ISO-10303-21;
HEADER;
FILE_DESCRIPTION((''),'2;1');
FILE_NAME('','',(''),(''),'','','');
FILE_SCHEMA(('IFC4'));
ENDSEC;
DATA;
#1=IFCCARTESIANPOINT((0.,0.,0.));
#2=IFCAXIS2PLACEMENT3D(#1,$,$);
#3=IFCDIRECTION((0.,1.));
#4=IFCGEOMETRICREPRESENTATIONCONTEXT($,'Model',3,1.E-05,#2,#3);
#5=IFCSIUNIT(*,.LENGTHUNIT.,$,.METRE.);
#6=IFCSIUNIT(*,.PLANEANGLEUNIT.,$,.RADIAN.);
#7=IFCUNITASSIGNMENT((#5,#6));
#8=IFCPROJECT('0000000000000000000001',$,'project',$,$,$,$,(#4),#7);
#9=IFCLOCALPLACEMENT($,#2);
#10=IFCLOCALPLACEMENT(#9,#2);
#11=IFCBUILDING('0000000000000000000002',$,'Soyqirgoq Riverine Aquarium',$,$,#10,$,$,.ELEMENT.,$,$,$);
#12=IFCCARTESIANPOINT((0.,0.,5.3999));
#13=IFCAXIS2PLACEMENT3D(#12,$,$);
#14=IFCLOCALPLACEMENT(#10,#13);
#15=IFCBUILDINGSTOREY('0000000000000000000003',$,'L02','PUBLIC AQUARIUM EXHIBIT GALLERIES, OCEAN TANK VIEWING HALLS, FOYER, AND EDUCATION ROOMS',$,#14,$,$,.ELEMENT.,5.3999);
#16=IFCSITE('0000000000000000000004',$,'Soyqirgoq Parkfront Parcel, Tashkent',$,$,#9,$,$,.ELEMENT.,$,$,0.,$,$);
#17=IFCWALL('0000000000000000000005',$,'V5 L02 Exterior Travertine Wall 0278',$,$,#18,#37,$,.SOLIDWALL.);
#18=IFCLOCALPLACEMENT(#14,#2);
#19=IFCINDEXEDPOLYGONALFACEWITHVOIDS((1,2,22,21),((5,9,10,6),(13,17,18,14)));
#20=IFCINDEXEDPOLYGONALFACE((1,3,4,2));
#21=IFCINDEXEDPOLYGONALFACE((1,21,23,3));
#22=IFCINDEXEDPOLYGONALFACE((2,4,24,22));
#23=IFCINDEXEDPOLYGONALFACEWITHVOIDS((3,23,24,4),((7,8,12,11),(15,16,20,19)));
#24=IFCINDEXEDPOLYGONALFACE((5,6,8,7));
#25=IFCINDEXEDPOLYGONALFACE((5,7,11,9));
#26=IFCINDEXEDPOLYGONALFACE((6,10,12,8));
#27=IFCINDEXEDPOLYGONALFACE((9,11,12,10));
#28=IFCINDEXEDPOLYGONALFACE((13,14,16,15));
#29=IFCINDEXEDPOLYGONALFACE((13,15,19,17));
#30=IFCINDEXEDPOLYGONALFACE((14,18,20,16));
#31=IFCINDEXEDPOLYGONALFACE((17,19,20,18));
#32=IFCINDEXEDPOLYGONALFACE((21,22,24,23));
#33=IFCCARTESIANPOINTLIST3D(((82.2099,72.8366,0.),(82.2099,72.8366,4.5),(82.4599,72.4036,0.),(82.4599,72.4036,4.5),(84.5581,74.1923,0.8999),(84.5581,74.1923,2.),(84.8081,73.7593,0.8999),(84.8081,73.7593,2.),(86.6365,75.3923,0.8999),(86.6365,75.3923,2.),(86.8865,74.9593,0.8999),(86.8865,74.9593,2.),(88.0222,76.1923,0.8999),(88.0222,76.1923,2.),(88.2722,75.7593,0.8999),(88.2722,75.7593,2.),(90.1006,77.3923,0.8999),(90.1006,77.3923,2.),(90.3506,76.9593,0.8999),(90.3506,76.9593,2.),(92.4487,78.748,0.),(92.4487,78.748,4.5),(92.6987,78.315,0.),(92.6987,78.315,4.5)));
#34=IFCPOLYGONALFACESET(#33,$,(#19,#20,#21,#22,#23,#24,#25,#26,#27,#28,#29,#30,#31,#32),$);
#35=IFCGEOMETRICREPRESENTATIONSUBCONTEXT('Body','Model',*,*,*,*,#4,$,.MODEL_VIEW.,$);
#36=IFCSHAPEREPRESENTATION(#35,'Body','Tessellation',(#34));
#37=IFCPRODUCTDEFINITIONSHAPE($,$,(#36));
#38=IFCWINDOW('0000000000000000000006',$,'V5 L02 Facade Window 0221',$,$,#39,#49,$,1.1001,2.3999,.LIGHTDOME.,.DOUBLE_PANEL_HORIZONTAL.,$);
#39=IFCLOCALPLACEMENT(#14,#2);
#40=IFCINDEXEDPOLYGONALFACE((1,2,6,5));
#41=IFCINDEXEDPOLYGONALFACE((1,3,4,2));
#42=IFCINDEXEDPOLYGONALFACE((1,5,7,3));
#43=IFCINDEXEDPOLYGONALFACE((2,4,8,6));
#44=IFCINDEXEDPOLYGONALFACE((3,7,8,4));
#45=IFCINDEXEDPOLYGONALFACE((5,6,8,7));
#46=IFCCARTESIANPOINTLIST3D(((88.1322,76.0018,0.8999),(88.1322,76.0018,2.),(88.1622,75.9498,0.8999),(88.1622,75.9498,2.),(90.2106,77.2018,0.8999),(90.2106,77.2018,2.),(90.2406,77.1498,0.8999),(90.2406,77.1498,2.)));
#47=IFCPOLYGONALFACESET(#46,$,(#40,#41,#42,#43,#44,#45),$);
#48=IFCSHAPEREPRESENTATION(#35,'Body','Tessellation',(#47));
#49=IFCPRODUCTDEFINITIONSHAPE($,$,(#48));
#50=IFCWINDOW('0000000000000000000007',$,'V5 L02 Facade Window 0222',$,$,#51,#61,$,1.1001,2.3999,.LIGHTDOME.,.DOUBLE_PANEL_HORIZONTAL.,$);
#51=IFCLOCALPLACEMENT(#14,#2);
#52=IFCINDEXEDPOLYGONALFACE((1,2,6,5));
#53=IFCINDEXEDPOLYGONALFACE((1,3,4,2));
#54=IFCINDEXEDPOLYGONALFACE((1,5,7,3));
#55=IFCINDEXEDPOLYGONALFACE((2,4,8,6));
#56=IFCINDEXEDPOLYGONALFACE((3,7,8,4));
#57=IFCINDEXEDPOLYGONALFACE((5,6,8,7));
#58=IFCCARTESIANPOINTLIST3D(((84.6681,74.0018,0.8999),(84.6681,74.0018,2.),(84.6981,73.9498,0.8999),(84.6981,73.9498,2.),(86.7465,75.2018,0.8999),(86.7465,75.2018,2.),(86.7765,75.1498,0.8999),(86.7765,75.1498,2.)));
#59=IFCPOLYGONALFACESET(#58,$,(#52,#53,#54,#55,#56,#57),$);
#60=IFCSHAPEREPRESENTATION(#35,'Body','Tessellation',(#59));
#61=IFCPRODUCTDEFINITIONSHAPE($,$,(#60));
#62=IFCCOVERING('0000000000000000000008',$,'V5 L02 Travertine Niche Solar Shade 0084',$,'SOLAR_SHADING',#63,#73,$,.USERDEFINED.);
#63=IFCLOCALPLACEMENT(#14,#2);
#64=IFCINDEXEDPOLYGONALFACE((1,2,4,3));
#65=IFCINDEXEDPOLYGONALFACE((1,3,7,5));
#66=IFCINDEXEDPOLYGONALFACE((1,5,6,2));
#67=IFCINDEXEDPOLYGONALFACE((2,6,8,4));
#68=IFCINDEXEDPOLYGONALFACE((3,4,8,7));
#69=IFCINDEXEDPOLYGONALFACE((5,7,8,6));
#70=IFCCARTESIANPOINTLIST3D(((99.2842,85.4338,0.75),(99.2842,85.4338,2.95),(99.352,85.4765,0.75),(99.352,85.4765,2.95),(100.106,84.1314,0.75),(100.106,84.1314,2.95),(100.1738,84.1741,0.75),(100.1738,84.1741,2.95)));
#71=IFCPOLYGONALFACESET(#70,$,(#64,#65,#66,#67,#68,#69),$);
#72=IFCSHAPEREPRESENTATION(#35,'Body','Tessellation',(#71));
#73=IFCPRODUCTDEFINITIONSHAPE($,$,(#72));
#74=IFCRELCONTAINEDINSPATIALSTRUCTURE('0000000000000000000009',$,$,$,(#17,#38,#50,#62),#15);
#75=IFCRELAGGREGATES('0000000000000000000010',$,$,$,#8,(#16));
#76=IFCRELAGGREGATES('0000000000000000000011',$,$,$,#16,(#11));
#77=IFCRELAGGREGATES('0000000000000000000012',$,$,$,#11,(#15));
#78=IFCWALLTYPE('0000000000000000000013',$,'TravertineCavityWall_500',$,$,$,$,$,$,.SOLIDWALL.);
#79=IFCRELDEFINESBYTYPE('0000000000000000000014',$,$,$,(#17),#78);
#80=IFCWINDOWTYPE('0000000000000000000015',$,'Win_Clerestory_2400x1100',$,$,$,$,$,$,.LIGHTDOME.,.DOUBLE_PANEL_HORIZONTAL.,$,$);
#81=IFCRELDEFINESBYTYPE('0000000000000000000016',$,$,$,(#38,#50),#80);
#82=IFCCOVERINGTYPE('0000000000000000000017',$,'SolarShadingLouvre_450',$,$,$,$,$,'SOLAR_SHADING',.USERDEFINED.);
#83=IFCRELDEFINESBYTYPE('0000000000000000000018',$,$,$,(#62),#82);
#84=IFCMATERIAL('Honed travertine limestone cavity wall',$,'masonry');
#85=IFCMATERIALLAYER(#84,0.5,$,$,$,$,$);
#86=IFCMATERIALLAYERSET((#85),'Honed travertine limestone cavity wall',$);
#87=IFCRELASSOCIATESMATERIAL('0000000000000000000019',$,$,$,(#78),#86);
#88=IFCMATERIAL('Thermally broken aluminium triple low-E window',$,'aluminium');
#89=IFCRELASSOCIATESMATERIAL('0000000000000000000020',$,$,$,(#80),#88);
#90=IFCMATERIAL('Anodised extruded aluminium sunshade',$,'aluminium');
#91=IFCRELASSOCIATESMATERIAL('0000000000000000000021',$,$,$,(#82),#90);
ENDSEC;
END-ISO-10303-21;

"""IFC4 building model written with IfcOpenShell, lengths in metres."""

from ifc_helpers import new_model, si_unit, direction, frame, frame_2d, origin, origin_2d, place, context, subcontext, project, spatial, rectangle, extrude, material, layer, layer_set, type_object, element, fill, save


model = new_model("IFC4")

# Units and contexts
model_context = context("Model", 3, precision=1e-05, world=origin(), true_north=direction((0.0, 1.0)))
body_context = subcontext(model_context, "Body", "Model", "MODEL_VIEW")
ifc_project = project(units=[si_unit("LENGTHUNIT", "METRE"), si_unit("PLANEANGLEUNIT", "RADIAN")], contexts=[model_context])

# Site, building, storey
site_placement = place(None, origin())
site = spatial("IfcSite", under=ifc_project, at=site_placement, Name="Soyqirgoq Parkfront Parcel, Tashkent", CompositionType="ELEMENT", RefElevation=0.0)
building_placement = place(site_placement, origin())
building = spatial("IfcBuilding", under=site, at=building_placement, Name="Soyqirgoq Riverine Aquarium", CompositionType="ELEMENT")
storey_placement = place(building_placement, frame((0.0, 0.0, 5.3999)))
storey = spatial("IfcBuildingStorey", under=building, at=storey_placement, Name="L02", Description="PUBLIC AQUARIUM EXHIBIT GALLERIES, OCEAN TANK VIEWING HALLS, FOYER, AND EDUCATION ROOMS", CompositionType="ELEMENT", Elevation=5.3999)

# Wall, openings, windows
ifc_material_1 = material(Name="Honed travertine limestone cavity wall", Category="masonry")
ifc_layer_1 = layer(ifc_material_1, 0.5)
ifc_layer_set_1 = layer_set([ifc_layer_1], Name="Honed travertine limestone cavity wall")
wall_type_1 = type_object("IfcWallType", Name="TravertineCavityWall_500", PredefinedType="SOLIDWALL", material=ifc_layer_set_1)
wall_1_placement = place(storey_placement, frame((92.5737, 78.5315, 0.0), z_axis=(0.0, 0.0, 1.0), x_axis=(-0.866025, -0.500001, 0.0)))
wall_1 = element("IfcWall", 1, at=wall_1_placement, inside=storey, type_object=wall_type_1, Name="V5 L02 Exterior Travertine Wall 0278", PredefinedType="SOLIDWALL", context=body_context, shape_type="SweptSolid", body=[
    extrude(rectangle(XDim=11.8228, YDim=0.5, at=frame_2d((5.9114, 0.0))), origin(), (0.0, 0.0, 1.0), 4.5),
])
opening_1_placement = place(wall_1_placement, frame((2.7114, 0.0, 0.8999)))
opening_1 = element("IfcOpeningElement", 2, at=opening_1_placement, cuts=wall_1, PredefinedType="OPENING", context=body_context, shape_type="SweptSolid", body=[
    extrude(rectangle(XDim=2.3999, YDim=1.1001, at=frame_2d((1.2, 0.55))), frame((0.0, 0.26, 0.0), z_axis=(0.0, -1.0, 0.0), x_axis=(1.0, 0.0, 0.0)), (0.0, 0.0, 1.0), 0.52),
])
opening_2_placement = place(wall_1_placement, frame((6.7114, 0.0, 0.8999)))
opening_2 = element("IfcOpeningElement", 3, at=opening_2_placement, cuts=wall_1, PredefinedType="OPENING", context=body_context, shape_type="SweptSolid", body=[
    extrude(rectangle(XDim=2.3999, YDim=1.1001, at=frame_2d((1.2, 0.55))), frame((0.0, 0.26, 0.0), z_axis=(0.0, -1.0, 0.0), x_axis=(1.0, 0.0, 0.0)), (0.0, 0.0, 1.0), 0.52),
])
ifc_material_2 = material(Name="Thermally broken aluminium triple low-E window", Category="aluminium")
window_type_1 = type_object("IfcWindowType", Name="Win_Clerestory_2400x1100", PartitioningType="DOUBLE_PANEL_HORIZONTAL", PredefinedType="LIGHTDOME", material=ifc_material_2)
window_1_placement = place(opening_1_placement, origin())
window_1 = element("IfcWindow", 4, at=window_1_placement, inside=storey, type_object=window_type_1, Name="V5 L02 Facade Window 0221", OverallHeight=1.1001, OverallWidth=2.3999, PartitioningType="DOUBLE_PANEL_HORIZONTAL", PredefinedType="LIGHTDOME", context=body_context, shape_type="SweptSolid", body=[
    extrude(rectangle(XDim=2.3999, YDim=1.1001, at=frame_2d((1.2, 0.55))), frame((0.0, 0.03, 0.0), z_axis=(0.0, -1.0, 0.0), x_axis=(1.0, 0.0, 0.0)), (0.0, 0.0, 1.0), 0.0601),
])
fill(opening_1, window_1)
window_2_placement = place(opening_2_placement, origin())
window_2 = element("IfcWindow", 5, at=window_2_placement, inside=storey, type_object=window_type_1, Name="V5 L02 Facade Window 0222", OverallHeight=1.1001, OverallWidth=2.3999, PartitioningType="DOUBLE_PANEL_HORIZONTAL", PredefinedType="LIGHTDOME", context=body_context, shape_type="SweptSolid", body=[
    extrude(rectangle(XDim=2.3999, YDim=1.1001, at=frame_2d((1.2, 0.55))), frame((0.0, 0.03, 0.0), z_axis=(0.0, -1.0, 0.0), x_axis=(1.0, 0.0, 0.0)), (0.0, 0.0, 1.0), 0.0601),
])
fill(opening_2, window_2)

# Covering
ifc_material_3 = material(Name="Anodised extruded aluminium sunshade", Category="aluminium")
covering_type = type_object("IfcCoveringType", Name="SolarShadingLouvre_450", ElementType="SOLAR_SHADING", PredefinedType="USERDEFINED", material=ifc_material_3)
covering_placement = place(storey_placement, frame((99.729, 84.804, 0.75), z_axis=(0.0, 0.0, 1.0), x_axis=(0.533615, -0.845728, 0.0)))
element("IfcCovering", 6, at=covering_placement, inside=storey, type_object=covering_type, Name="V5 L02 Travertine Niche Solar Shade 0084", ObjectType="SOLAR_SHADING", PredefinedType="USERDEFINED", context=body_context, shape_type="SweptSolid", body=[
    extrude(rectangle(XDim=1.54, YDim=0.0801, at=origin_2d()), origin(), (0.0, 0.0, 1.0), 2.2),
])

save(model, "model.ifc")
